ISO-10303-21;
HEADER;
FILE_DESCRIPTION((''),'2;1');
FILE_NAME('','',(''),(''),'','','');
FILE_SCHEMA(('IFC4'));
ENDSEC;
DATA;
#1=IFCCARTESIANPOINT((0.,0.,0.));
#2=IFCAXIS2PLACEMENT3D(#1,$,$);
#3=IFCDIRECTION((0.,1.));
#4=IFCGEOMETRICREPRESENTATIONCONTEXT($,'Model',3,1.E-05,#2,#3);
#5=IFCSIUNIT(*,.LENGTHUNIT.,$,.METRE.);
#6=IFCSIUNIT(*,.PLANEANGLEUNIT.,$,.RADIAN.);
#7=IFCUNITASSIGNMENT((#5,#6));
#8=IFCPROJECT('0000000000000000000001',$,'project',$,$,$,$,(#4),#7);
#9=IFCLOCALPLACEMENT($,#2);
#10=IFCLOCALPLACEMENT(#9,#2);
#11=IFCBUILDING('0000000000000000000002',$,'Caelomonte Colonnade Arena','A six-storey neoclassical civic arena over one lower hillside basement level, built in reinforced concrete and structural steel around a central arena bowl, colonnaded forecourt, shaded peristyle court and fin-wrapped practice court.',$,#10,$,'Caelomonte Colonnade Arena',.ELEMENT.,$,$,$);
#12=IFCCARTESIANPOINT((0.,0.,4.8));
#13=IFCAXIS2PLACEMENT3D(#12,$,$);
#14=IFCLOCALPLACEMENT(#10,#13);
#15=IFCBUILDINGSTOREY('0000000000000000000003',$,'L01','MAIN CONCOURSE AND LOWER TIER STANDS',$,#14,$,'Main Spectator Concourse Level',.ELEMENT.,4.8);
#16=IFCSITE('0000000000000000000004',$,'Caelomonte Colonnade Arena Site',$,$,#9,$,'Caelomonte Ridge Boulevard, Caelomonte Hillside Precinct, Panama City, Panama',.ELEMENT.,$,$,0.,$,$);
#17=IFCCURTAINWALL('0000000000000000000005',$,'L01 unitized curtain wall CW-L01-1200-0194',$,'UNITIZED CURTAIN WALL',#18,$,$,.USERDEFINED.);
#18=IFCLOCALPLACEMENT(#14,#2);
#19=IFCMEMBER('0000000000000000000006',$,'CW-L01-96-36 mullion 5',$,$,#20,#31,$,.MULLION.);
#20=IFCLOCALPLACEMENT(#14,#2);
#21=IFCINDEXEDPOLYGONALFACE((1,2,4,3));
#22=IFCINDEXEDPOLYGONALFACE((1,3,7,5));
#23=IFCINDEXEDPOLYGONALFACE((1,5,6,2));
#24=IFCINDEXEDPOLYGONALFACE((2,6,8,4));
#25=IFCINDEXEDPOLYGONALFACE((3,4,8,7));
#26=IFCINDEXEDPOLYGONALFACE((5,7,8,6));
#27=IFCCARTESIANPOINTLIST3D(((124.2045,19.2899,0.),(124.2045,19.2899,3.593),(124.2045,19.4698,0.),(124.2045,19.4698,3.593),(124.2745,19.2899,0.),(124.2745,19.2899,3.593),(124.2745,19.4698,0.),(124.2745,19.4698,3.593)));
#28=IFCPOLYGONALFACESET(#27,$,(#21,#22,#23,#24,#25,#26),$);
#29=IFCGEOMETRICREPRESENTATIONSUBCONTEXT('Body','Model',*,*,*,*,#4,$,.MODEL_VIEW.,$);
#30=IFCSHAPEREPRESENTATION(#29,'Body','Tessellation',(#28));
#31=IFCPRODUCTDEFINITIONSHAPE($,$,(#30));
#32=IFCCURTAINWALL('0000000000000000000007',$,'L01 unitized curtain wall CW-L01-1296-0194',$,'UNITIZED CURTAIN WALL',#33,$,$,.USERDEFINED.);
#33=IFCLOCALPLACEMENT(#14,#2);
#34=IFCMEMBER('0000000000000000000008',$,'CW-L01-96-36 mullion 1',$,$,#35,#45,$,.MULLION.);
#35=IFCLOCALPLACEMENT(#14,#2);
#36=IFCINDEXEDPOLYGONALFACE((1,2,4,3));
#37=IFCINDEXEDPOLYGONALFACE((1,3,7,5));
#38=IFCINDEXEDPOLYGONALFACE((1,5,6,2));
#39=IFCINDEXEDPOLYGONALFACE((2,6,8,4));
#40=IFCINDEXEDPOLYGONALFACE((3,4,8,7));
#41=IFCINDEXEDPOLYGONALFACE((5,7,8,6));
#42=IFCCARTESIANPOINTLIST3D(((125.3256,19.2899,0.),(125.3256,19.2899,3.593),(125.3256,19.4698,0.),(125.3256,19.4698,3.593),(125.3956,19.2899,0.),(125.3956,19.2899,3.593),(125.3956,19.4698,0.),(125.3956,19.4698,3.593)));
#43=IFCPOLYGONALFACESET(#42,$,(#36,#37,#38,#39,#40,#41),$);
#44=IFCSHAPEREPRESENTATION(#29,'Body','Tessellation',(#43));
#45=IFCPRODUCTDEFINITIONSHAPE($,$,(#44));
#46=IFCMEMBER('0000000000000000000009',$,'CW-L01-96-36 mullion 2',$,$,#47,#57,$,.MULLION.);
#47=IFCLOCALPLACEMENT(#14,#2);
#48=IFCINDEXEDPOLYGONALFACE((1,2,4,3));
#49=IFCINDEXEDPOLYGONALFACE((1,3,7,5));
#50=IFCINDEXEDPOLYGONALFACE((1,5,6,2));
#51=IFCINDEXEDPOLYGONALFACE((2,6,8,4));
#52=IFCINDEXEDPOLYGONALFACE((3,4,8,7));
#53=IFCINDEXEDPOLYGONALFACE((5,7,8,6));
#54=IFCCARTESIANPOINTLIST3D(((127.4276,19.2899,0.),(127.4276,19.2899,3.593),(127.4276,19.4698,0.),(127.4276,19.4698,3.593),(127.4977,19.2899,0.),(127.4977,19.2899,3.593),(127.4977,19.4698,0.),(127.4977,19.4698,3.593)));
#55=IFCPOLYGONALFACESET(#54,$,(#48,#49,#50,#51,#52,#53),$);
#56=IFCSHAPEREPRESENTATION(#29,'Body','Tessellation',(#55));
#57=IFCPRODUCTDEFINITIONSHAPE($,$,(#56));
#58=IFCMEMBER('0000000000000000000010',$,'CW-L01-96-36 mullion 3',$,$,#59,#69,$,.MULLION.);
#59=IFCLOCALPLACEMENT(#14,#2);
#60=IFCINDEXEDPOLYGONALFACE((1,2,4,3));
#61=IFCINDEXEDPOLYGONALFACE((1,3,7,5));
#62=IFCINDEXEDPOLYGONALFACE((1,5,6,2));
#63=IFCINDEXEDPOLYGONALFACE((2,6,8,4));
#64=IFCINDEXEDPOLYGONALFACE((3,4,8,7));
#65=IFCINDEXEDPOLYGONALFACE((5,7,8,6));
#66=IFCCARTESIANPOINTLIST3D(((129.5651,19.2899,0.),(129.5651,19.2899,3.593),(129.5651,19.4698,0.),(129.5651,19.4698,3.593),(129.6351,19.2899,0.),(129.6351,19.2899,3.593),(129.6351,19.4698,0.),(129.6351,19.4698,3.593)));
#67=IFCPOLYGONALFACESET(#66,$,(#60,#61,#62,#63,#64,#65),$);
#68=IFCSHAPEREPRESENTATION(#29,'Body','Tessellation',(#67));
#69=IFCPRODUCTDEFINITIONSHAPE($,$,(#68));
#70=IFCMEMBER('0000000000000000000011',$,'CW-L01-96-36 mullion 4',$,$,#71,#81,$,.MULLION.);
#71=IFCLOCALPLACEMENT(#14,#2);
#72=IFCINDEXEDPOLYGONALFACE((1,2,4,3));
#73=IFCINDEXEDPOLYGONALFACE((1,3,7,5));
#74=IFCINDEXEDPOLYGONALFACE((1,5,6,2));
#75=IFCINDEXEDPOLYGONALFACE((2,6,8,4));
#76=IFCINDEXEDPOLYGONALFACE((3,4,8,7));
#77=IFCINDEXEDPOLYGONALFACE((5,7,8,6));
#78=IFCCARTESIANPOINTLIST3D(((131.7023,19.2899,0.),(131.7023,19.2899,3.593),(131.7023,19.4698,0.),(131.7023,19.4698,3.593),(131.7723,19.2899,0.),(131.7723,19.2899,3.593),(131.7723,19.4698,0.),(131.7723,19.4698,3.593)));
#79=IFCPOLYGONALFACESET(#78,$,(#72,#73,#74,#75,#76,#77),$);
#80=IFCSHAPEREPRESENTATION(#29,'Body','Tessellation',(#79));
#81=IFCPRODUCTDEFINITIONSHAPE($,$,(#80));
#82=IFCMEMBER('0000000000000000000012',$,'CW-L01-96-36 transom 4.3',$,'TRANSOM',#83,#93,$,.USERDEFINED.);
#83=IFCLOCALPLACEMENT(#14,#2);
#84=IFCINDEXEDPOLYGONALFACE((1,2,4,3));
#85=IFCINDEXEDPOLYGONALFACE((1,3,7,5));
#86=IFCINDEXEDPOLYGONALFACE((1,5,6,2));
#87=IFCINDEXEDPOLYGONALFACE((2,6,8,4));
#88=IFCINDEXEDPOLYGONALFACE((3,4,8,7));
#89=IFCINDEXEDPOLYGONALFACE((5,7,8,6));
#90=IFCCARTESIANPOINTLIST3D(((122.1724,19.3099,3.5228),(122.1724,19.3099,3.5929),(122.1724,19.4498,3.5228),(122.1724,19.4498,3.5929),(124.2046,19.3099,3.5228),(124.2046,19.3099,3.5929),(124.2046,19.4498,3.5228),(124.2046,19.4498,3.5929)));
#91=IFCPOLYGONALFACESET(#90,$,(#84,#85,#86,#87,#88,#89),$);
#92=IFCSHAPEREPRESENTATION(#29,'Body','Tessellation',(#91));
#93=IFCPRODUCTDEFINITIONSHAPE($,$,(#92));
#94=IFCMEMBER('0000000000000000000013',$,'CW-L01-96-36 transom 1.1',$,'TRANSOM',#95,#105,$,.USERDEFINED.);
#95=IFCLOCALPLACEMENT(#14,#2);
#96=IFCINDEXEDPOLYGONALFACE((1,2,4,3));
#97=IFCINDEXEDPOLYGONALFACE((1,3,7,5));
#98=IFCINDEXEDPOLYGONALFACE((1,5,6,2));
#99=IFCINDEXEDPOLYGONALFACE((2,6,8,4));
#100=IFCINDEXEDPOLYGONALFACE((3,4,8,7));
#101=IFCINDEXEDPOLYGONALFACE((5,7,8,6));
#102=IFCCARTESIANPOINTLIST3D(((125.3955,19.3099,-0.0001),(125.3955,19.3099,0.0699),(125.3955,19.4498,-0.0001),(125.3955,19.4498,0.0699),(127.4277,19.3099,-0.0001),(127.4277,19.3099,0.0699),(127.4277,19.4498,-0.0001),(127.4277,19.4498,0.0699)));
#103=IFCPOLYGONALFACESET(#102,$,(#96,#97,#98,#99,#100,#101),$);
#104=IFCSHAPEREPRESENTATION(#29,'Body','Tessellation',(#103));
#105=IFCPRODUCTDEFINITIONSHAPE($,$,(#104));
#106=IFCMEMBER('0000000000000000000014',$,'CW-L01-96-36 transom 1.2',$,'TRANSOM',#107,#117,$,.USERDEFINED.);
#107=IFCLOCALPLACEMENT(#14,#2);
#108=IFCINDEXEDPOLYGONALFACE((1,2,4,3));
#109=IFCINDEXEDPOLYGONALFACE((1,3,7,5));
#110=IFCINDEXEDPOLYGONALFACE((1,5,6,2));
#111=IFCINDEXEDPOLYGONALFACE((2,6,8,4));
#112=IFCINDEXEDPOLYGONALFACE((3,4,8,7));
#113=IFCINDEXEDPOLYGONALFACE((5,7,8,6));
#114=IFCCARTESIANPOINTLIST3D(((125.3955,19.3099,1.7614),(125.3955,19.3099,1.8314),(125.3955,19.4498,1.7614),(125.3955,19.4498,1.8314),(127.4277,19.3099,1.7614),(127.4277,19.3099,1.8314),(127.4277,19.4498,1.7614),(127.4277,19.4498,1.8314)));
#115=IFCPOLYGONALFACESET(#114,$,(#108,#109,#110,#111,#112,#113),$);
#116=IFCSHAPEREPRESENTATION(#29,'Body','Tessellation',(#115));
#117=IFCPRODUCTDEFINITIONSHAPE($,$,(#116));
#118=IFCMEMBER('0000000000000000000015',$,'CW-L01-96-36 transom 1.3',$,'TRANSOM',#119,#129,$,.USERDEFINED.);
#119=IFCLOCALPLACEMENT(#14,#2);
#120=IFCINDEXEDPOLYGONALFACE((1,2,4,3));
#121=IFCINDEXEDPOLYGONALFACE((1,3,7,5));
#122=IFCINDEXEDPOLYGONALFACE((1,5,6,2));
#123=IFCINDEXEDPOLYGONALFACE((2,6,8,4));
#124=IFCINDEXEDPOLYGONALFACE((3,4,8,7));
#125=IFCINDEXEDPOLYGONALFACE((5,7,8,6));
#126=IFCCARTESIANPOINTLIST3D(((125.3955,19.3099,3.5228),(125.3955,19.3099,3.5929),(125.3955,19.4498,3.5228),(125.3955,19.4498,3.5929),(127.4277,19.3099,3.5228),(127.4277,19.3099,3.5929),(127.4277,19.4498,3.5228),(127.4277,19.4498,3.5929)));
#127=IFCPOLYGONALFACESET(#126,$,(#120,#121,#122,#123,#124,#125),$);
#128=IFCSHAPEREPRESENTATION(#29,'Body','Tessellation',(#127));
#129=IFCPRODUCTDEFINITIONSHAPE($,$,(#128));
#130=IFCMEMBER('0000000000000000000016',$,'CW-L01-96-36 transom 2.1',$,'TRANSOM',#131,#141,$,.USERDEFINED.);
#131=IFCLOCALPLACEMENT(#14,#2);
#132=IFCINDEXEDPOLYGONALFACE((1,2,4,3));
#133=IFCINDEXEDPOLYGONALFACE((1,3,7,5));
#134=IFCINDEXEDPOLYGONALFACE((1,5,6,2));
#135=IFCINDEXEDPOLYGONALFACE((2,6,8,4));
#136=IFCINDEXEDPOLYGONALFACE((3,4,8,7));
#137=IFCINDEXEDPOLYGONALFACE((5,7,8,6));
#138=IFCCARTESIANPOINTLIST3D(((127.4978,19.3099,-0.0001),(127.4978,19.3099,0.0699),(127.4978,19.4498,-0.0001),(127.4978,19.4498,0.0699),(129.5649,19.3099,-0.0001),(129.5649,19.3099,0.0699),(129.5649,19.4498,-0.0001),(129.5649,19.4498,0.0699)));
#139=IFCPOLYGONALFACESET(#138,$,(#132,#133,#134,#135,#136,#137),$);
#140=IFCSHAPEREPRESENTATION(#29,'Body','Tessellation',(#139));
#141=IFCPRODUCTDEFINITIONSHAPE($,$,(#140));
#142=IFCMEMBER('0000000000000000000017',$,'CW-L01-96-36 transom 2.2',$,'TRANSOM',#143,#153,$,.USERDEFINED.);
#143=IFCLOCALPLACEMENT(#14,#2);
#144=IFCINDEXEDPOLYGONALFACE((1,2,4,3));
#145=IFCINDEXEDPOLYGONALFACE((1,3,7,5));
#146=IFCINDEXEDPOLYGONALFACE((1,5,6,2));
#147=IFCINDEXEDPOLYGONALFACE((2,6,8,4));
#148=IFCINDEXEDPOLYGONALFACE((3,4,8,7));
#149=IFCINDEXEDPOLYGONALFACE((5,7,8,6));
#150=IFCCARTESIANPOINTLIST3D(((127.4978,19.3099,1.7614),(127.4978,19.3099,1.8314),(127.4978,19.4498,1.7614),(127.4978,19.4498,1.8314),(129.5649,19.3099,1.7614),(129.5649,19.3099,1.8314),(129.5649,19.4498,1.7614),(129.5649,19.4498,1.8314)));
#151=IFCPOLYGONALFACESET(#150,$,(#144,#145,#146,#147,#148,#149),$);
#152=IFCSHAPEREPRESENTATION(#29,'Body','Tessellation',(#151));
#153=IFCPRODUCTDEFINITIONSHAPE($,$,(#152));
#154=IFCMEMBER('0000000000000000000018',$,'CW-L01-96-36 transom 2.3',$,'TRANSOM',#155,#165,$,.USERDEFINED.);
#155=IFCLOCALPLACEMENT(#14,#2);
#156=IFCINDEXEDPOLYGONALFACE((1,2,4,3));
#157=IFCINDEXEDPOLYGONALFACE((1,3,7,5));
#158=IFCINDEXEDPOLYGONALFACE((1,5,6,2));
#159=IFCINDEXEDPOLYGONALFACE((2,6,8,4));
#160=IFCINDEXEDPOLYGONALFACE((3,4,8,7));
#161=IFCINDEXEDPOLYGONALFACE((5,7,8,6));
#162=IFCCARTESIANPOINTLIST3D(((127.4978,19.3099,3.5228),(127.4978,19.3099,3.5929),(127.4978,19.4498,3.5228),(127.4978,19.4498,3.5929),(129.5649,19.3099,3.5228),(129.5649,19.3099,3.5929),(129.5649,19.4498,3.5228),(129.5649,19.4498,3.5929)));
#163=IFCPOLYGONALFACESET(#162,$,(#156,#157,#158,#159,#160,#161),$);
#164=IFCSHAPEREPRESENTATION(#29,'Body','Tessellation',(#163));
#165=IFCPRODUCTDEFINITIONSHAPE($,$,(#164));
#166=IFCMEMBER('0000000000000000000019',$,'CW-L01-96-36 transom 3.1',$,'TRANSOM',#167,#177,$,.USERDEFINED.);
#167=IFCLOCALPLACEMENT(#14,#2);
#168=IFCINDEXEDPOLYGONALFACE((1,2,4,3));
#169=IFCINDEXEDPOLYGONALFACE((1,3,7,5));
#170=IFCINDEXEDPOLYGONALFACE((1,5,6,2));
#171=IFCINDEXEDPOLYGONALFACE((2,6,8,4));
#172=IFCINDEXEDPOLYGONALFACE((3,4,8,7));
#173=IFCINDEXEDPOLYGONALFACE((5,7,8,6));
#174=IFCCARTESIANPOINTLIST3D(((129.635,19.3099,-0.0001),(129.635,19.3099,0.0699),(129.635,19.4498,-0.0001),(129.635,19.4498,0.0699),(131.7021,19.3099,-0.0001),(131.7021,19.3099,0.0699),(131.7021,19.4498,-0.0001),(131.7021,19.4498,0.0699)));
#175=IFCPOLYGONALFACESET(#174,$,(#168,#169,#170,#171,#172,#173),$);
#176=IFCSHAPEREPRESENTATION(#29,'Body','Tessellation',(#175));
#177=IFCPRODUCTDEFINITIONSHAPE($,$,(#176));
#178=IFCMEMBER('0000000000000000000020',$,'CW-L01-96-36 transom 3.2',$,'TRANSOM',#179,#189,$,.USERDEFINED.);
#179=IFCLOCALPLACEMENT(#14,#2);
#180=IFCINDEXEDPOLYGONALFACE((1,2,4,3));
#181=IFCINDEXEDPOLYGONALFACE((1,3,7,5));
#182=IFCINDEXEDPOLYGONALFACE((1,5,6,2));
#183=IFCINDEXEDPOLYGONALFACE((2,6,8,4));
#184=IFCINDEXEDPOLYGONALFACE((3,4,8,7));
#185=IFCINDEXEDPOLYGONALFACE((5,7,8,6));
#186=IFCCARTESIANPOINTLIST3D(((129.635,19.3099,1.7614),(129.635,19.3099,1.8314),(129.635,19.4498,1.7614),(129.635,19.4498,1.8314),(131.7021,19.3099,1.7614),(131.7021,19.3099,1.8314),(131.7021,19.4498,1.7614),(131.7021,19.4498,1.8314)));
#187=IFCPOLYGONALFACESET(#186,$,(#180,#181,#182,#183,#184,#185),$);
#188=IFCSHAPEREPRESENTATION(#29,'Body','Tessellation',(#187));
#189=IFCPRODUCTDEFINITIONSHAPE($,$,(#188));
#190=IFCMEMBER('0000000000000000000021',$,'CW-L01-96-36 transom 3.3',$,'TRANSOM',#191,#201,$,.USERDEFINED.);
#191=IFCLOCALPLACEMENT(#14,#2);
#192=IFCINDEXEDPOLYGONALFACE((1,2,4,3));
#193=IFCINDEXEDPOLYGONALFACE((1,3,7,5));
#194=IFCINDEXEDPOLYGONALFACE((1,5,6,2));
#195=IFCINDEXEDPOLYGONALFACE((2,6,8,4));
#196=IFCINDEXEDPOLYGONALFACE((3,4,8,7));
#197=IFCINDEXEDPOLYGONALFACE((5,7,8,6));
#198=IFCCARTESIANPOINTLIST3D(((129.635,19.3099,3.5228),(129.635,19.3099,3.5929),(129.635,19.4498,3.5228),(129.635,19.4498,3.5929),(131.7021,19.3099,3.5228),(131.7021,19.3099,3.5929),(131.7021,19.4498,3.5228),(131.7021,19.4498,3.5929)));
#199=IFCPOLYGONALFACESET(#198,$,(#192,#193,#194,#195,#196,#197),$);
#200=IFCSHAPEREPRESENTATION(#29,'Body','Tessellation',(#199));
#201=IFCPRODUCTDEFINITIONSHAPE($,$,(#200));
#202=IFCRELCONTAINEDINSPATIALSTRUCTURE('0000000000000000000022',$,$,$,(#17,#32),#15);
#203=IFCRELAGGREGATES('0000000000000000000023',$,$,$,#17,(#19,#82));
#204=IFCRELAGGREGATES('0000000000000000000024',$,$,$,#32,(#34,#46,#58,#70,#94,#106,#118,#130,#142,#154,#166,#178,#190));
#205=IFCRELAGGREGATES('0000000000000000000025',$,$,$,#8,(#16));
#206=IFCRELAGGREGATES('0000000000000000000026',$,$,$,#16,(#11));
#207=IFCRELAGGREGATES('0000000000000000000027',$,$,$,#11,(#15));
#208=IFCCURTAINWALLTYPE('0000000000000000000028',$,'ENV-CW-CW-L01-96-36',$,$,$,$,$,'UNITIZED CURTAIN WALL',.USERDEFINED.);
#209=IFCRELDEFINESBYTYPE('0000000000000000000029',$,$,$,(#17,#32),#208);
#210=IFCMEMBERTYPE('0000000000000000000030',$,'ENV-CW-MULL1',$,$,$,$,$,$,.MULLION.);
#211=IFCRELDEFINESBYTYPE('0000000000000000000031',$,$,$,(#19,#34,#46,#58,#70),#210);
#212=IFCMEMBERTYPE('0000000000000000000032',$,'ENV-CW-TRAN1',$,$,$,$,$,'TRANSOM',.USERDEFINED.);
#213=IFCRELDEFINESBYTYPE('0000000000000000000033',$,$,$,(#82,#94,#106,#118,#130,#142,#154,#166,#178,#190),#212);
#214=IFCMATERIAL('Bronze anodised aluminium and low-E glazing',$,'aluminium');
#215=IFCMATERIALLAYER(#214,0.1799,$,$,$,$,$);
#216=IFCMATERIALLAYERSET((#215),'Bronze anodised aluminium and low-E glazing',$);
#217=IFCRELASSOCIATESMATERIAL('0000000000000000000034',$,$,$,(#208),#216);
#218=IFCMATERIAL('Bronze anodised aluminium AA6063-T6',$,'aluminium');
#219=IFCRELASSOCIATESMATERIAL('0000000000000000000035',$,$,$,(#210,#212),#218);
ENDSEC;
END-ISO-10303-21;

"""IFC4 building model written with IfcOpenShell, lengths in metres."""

from ifc_helpers import new_model, si_unit, direction, frame, origin, origin_2d, place, context, subcontext, project, spatial, rectangle, extrude, material, layer, layer_set, material_profile, profile_set, type_object, element, aggregate, save


model = new_model("IFC4")

# Units and contexts
model_context = context("Model", 3, precision=1e-05, world=origin(), true_north=direction((0.0, 1.0)))
body_context = subcontext(model_context, "Body", "Model", "MODEL_VIEW")
ifc_project = project(units=[si_unit("LENGTHUNIT", "METRE"), si_unit("PLANEANGLEUNIT", "RADIAN")], contexts=[model_context])

# Site, building, storey
site_placement = place(None, origin())
site = spatial("IfcSite", under=ifc_project, at=site_placement, Name="Caelomonte Colonnade Arena Site", LongName="Caelomonte Ridge Boulevard, Caelomonte Hillside Precinct, Panama City, Panama", CompositionType="ELEMENT", RefElevation=0.0)
building_placement = place(site_placement, origin())
building = spatial("IfcBuilding", under=site, at=building_placement, Name="Caelomonte Colonnade Arena", Description="A six-storey neoclassical civic arena over one lower hillside basement level, built in reinforced concrete and structural steel around a central arena bowl, colonnaded forecourt, shaded peristyle court and fin-wrapped practice court.", LongName="Caelomonte Colonnade Arena", CompositionType="ELEMENT")
storey_placement = place(building_placement, frame((0.0, 0.0, 4.8)))
storey = spatial("IfcBuildingStorey", under=building, at=storey_placement, Name="L01", Description="MAIN CONCOURSE AND LOWER TIER STANDS", LongName="Main Spectator Concourse Level", CompositionType="ELEMENT", Elevation=4.8)

# Curtain wall, member
ifc_material_1 = material(Name="Bronze anodised aluminium and low-E glazing", Category="aluminium")
ifc_layer_1 = layer(ifc_material_1, 0.1799)
ifc_layer_set_1 = layer_set([ifc_layer_1], Name="Bronze anodised aluminium and low-E glazing")
curtain_wall_type = type_object("IfcCurtainWallType", Name="ENV-CW-CW-L01-96-36", ElementType="UNITIZED CURTAIN WALL", PredefinedType="USERDEFINED", material=ifc_layer_set_1)
curtain_wall_1_placement = place(storey_placement, origin())
curtain_wall_1 = element("IfcCurtainWall", 1, at=curtain_wall_1_placement, inside=storey, type_object=curtain_wall_type, Name="L01 unitized curtain wall CW-L01-1200-0194", ObjectType="UNITIZED CURTAIN WALL", PredefinedType="USERDEFINED")
ifc_material_2 = material(Name="Bronze anodised aluminium AA6063-T6", Category="aluminium")
ifc_material_profile_1 = material_profile(ifc_material_2, rectangle(XDim=0.0701, YDim=0.1799, at=origin_2d()), Name="CWM-70X180")
ifc_profile_set_1 = profile_set([ifc_material_profile_1], Name="Bronze anodised aluminium AA6063-T6")
member_type_1 = type_object("IfcMemberType", Name="ENV-CW-MULL1", PredefinedType="MULLION", material=ifc_profile_set_1)
member_1_placement = place(storey_placement, frame((124.2395, 19.3799, 0.0), z_axis=(0.0, 0.0, 1.0), x_axis=(1.0, 0.0, 0.0)))
member_1 = element("IfcMember", 2, at=member_1_placement, type_object=member_type_1, Name="CW-L01-96-36 mullion 5", PredefinedType="MULLION", context=body_context, shape_type="SweptSolid", body=[
    extrude(rectangle(XDim=0.0701, YDim=0.1799, at=origin_2d()), origin(), (0.0, 0.0, 1.0), 3.593),
])

# Curtain wall, members
curtain_wall_2_placement = place(storey_placement, origin())
curtain_wall_2 = element("IfcCurtainWall", 3, at=curtain_wall_2_placement, inside=storey, type_object=curtain_wall_type, Name="L01 unitized curtain wall CW-L01-1296-0194", ObjectType="UNITIZED CURTAIN WALL", PredefinedType="USERDEFINED")
member_2_placement = place(storey_placement, frame((125.3606, 19.3799, 0.0), z_axis=(0.0, 0.0, 1.0), x_axis=(1.0, 0.0, 0.0)))
member_2 = element("IfcMember", 4, at=member_2_placement, type_object=member_type_1, Name="CW-L01-96-36 mullion 1", PredefinedType="MULLION", context=body_context, shape_type="SweptSolid", body=[
    extrude(rectangle(XDim=0.0701, YDim=0.1799, at=origin_2d()), origin(), (0.0, 0.0, 1.0), 3.593),
])
member_3_placement = place(storey_placement, frame((127.4626, 19.3799, 0.0), z_axis=(0.0, 0.0, 1.0), x_axis=(1.0, 0.0, 0.0)))
member_3 = element("IfcMember", 5, at=member_3_placement, type_object=member_type_1, Name="CW-L01-96-36 mullion 2", PredefinedType="MULLION", context=body_context, shape_type="SweptSolid", body=[
    extrude(rectangle(XDim=0.0701, YDim=0.1799, at=origin_2d()), origin(), (0.0, 0.0, 1.0), 3.593),
])
member_4_placement = place(storey_placement, frame((129.6001, 19.3799, 0.0), z_axis=(0.0, 0.0, 1.0), x_axis=(1.0, 0.0, 0.0)))
member_4 = element("IfcMember", 6, at=member_4_placement, type_object=member_type_1, Name="CW-L01-96-36 mullion 3", PredefinedType="MULLION", context=body_context, shape_type="SweptSolid", body=[
    extrude(rectangle(XDim=0.0701, YDim=0.1799, at=origin_2d()), origin(), (0.0, 0.0, 1.0), 3.593),
])
member_5_placement = place(storey_placement, frame((131.7373, 19.3799, 0.0), z_axis=(0.0, 0.0, 1.0), x_axis=(1.0, 0.0, 0.0)))
member_5 = element("IfcMember", 7, at=member_5_placement, type_object=member_type_1, Name="CW-L01-96-36 mullion 4", PredefinedType="MULLION", context=body_context, shape_type="SweptSolid", body=[
    extrude(rectangle(XDim=0.0701, YDim=0.1799, at=origin_2d()), origin(), (0.0, 0.0, 1.0), 3.593),
])

# Members
ifc_material_profile_2 = material_profile(ifc_material_2, rectangle(XDim=0.0701, YDim=0.1399, at=origin_2d()), Name="CWT-70X140")
ifc_profile_set_2 = profile_set([ifc_material_profile_2], Name="Bronze anodised aluminium AA6063-T6")
member_type_2 = type_object("IfcMemberType", Name="ENV-CW-TRAN1", ElementType="TRANSOM", PredefinedType="USERDEFINED", material=ifc_profile_set_2)
member_6_placement = place(storey_placement, frame((122.1724, 19.3799, 3.5579), z_axis=(1.0, 0.0, 0.0), x_axis=(0.0, 0.0, 1.0)))
member_6 = element("IfcMember", 8, at=member_6_placement, type_object=member_type_2, Name="CW-L01-96-36 transom 4.3", ObjectType="TRANSOM", PredefinedType="USERDEFINED", context=body_context, shape_type="SweptSolid", body=[
    extrude(rectangle(XDim=0.0701, YDim=0.1399, at=origin_2d()), origin(), (0.0, 0.0, 1.0), 2.0322),
])
member_7_placement = place(storey_placement, frame((125.3955, 19.3799, 0.0349), z_axis=(1.0, 0.0, 0.0), x_axis=(0.0, 0.0, 1.0)))
member_7 = element("IfcMember", 9, at=member_7_placement, type_object=member_type_2, Name="CW-L01-96-36 transom 1.1", ObjectType="TRANSOM", PredefinedType="USERDEFINED", context=body_context, shape_type="SweptSolid", body=[
    extrude(rectangle(XDim=0.0701, YDim=0.1399, at=origin_2d()), origin(), (0.0, 0.0, 1.0), 2.0322),
])
member_8_placement = place(storey_placement, frame((125.3955, 19.3799, 1.7964), z_axis=(1.0, 0.0, 0.0), x_axis=(0.0, 0.0, 1.0)))
member_8 = element("IfcMember", 10, at=member_8_placement, type_object=member_type_2, Name="CW-L01-96-36 transom 1.2", ObjectType="TRANSOM", PredefinedType="USERDEFINED", context=body_context, shape_type="SweptSolid", body=[
    extrude(rectangle(XDim=0.0701, YDim=0.1399, at=origin_2d()), origin(), (0.0, 0.0, 1.0), 2.0322),
])
member_9_placement = place(storey_placement, frame((125.3955, 19.3799, 3.5579), z_axis=(1.0, 0.0, 0.0), x_axis=(0.0, 0.0, 1.0)))
member_9 = element("IfcMember", 11, at=member_9_placement, type_object=member_type_2, Name="CW-L01-96-36 transom 1.3", ObjectType="TRANSOM", PredefinedType="USERDEFINED", context=body_context, shape_type="SweptSolid", body=[
    extrude(rectangle(XDim=0.0701, YDim=0.1399, at=origin_2d()), origin(), (0.0, 0.0, 1.0), 2.0322),
])
member_10_placement = place(storey_placement, frame((127.4978, 19.3799, 0.0349), z_axis=(1.0, 0.0, 0.0), x_axis=(0.0, 0.0, 1.0)))
member_10 = element("IfcMember", 12, at=member_10_placement, type_object=member_type_2, Name="CW-L01-96-36 transom 2.1", ObjectType="TRANSOM", PredefinedType="USERDEFINED", context=body_context, shape_type="SweptSolid", body=[
    extrude(rectangle(XDim=0.0701, YDim=0.1399, at=origin_2d()), origin(), (0.0, 0.0, 1.0), 2.0671),
])
member_11_placement = place(storey_placement, frame((127.4978, 19.3799, 1.7964), z_axis=(1.0, 0.0, 0.0), x_axis=(0.0, 0.0, 1.0)))
member_11 = element("IfcMember", 13, at=member_11_placement, type_object=member_type_2, Name="CW-L01-96-36 transom 2.2", ObjectType="TRANSOM", PredefinedType="USERDEFINED", context=body_context, shape_type="SweptSolid", body=[
    extrude(rectangle(XDim=0.0701, YDim=0.1399, at=origin_2d()), origin(), (0.0, 0.0, 1.0), 2.0671),
])
member_12_placement = place(storey_placement, frame((127.4978, 19.3799, 3.5579), z_axis=(1.0, 0.0, 0.0), x_axis=(0.0, 0.0, 1.0)))
member_12 = element("IfcMember", 14, at=member_12_placement, type_object=member_type_2, Name="CW-L01-96-36 transom 2.3", ObjectType="TRANSOM", PredefinedType="USERDEFINED", context=body_context, shape_type="SweptSolid", body=[
    extrude(rectangle(XDim=0.0701, YDim=0.1399, at=origin_2d()), origin(), (0.0, 0.0, 1.0), 2.0671),
])
member_13_placement = place(storey_placement, frame((129.635, 19.3799, 0.0349), z_axis=(1.0, 0.0, 0.0), x_axis=(0.0, 0.0, 1.0)))
member_13 = element("IfcMember", 15, at=member_13_placement, type_object=member_type_2, Name="CW-L01-96-36 transom 3.1", ObjectType="TRANSOM", PredefinedType="USERDEFINED", context=body_context, shape_type="SweptSolid", body=[
    extrude(rectangle(XDim=0.0701, YDim=0.1399, at=origin_2d()), origin(), (0.0, 0.0, 1.0), 2.0671),
])
member_14_placement = place(storey_placement, frame((129.635, 19.3799, 1.7964), z_axis=(1.0, 0.0, 0.0), x_axis=(0.0, 0.0, 1.0)))
member_14 = element("IfcMember", 16, at=member_14_placement, type_object=member_type_2, Name="CW-L01-96-36 transom 3.2", ObjectType="TRANSOM", PredefinedType="USERDEFINED", context=body_context, shape_type="SweptSolid", body=[
    extrude(rectangle(XDim=0.0701, YDim=0.1399, at=origin_2d()), origin(), (0.0, 0.0, 1.0), 2.0671),
])
member_15_placement = place(storey_placement, frame((129.635, 19.3799, 3.5579), z_axis=(1.0, 0.0, 0.0), x_axis=(0.0, 0.0, 1.0)))
member_15 = element("IfcMember", 17, at=member_15_placement, type_object=member_type_2, Name="CW-L01-96-36 transom 3.3", ObjectType="TRANSOM", PredefinedType="USERDEFINED", context=body_context, shape_type="SweptSolid", body=[
    extrude(rectangle(XDim=0.0701, YDim=0.1399, at=origin_2d()), origin(), (0.0, 0.0, 1.0), 2.0671),
])

aggregate(curtain_wall_1, [member_1, member_6])
aggregate(curtain_wall_2, [member_2, member_3, member_4, member_5, member_7, member_8, member_9, member_10, member_11, member_12, member_13, member_14, member_15])

save(model, "model.ifc")
